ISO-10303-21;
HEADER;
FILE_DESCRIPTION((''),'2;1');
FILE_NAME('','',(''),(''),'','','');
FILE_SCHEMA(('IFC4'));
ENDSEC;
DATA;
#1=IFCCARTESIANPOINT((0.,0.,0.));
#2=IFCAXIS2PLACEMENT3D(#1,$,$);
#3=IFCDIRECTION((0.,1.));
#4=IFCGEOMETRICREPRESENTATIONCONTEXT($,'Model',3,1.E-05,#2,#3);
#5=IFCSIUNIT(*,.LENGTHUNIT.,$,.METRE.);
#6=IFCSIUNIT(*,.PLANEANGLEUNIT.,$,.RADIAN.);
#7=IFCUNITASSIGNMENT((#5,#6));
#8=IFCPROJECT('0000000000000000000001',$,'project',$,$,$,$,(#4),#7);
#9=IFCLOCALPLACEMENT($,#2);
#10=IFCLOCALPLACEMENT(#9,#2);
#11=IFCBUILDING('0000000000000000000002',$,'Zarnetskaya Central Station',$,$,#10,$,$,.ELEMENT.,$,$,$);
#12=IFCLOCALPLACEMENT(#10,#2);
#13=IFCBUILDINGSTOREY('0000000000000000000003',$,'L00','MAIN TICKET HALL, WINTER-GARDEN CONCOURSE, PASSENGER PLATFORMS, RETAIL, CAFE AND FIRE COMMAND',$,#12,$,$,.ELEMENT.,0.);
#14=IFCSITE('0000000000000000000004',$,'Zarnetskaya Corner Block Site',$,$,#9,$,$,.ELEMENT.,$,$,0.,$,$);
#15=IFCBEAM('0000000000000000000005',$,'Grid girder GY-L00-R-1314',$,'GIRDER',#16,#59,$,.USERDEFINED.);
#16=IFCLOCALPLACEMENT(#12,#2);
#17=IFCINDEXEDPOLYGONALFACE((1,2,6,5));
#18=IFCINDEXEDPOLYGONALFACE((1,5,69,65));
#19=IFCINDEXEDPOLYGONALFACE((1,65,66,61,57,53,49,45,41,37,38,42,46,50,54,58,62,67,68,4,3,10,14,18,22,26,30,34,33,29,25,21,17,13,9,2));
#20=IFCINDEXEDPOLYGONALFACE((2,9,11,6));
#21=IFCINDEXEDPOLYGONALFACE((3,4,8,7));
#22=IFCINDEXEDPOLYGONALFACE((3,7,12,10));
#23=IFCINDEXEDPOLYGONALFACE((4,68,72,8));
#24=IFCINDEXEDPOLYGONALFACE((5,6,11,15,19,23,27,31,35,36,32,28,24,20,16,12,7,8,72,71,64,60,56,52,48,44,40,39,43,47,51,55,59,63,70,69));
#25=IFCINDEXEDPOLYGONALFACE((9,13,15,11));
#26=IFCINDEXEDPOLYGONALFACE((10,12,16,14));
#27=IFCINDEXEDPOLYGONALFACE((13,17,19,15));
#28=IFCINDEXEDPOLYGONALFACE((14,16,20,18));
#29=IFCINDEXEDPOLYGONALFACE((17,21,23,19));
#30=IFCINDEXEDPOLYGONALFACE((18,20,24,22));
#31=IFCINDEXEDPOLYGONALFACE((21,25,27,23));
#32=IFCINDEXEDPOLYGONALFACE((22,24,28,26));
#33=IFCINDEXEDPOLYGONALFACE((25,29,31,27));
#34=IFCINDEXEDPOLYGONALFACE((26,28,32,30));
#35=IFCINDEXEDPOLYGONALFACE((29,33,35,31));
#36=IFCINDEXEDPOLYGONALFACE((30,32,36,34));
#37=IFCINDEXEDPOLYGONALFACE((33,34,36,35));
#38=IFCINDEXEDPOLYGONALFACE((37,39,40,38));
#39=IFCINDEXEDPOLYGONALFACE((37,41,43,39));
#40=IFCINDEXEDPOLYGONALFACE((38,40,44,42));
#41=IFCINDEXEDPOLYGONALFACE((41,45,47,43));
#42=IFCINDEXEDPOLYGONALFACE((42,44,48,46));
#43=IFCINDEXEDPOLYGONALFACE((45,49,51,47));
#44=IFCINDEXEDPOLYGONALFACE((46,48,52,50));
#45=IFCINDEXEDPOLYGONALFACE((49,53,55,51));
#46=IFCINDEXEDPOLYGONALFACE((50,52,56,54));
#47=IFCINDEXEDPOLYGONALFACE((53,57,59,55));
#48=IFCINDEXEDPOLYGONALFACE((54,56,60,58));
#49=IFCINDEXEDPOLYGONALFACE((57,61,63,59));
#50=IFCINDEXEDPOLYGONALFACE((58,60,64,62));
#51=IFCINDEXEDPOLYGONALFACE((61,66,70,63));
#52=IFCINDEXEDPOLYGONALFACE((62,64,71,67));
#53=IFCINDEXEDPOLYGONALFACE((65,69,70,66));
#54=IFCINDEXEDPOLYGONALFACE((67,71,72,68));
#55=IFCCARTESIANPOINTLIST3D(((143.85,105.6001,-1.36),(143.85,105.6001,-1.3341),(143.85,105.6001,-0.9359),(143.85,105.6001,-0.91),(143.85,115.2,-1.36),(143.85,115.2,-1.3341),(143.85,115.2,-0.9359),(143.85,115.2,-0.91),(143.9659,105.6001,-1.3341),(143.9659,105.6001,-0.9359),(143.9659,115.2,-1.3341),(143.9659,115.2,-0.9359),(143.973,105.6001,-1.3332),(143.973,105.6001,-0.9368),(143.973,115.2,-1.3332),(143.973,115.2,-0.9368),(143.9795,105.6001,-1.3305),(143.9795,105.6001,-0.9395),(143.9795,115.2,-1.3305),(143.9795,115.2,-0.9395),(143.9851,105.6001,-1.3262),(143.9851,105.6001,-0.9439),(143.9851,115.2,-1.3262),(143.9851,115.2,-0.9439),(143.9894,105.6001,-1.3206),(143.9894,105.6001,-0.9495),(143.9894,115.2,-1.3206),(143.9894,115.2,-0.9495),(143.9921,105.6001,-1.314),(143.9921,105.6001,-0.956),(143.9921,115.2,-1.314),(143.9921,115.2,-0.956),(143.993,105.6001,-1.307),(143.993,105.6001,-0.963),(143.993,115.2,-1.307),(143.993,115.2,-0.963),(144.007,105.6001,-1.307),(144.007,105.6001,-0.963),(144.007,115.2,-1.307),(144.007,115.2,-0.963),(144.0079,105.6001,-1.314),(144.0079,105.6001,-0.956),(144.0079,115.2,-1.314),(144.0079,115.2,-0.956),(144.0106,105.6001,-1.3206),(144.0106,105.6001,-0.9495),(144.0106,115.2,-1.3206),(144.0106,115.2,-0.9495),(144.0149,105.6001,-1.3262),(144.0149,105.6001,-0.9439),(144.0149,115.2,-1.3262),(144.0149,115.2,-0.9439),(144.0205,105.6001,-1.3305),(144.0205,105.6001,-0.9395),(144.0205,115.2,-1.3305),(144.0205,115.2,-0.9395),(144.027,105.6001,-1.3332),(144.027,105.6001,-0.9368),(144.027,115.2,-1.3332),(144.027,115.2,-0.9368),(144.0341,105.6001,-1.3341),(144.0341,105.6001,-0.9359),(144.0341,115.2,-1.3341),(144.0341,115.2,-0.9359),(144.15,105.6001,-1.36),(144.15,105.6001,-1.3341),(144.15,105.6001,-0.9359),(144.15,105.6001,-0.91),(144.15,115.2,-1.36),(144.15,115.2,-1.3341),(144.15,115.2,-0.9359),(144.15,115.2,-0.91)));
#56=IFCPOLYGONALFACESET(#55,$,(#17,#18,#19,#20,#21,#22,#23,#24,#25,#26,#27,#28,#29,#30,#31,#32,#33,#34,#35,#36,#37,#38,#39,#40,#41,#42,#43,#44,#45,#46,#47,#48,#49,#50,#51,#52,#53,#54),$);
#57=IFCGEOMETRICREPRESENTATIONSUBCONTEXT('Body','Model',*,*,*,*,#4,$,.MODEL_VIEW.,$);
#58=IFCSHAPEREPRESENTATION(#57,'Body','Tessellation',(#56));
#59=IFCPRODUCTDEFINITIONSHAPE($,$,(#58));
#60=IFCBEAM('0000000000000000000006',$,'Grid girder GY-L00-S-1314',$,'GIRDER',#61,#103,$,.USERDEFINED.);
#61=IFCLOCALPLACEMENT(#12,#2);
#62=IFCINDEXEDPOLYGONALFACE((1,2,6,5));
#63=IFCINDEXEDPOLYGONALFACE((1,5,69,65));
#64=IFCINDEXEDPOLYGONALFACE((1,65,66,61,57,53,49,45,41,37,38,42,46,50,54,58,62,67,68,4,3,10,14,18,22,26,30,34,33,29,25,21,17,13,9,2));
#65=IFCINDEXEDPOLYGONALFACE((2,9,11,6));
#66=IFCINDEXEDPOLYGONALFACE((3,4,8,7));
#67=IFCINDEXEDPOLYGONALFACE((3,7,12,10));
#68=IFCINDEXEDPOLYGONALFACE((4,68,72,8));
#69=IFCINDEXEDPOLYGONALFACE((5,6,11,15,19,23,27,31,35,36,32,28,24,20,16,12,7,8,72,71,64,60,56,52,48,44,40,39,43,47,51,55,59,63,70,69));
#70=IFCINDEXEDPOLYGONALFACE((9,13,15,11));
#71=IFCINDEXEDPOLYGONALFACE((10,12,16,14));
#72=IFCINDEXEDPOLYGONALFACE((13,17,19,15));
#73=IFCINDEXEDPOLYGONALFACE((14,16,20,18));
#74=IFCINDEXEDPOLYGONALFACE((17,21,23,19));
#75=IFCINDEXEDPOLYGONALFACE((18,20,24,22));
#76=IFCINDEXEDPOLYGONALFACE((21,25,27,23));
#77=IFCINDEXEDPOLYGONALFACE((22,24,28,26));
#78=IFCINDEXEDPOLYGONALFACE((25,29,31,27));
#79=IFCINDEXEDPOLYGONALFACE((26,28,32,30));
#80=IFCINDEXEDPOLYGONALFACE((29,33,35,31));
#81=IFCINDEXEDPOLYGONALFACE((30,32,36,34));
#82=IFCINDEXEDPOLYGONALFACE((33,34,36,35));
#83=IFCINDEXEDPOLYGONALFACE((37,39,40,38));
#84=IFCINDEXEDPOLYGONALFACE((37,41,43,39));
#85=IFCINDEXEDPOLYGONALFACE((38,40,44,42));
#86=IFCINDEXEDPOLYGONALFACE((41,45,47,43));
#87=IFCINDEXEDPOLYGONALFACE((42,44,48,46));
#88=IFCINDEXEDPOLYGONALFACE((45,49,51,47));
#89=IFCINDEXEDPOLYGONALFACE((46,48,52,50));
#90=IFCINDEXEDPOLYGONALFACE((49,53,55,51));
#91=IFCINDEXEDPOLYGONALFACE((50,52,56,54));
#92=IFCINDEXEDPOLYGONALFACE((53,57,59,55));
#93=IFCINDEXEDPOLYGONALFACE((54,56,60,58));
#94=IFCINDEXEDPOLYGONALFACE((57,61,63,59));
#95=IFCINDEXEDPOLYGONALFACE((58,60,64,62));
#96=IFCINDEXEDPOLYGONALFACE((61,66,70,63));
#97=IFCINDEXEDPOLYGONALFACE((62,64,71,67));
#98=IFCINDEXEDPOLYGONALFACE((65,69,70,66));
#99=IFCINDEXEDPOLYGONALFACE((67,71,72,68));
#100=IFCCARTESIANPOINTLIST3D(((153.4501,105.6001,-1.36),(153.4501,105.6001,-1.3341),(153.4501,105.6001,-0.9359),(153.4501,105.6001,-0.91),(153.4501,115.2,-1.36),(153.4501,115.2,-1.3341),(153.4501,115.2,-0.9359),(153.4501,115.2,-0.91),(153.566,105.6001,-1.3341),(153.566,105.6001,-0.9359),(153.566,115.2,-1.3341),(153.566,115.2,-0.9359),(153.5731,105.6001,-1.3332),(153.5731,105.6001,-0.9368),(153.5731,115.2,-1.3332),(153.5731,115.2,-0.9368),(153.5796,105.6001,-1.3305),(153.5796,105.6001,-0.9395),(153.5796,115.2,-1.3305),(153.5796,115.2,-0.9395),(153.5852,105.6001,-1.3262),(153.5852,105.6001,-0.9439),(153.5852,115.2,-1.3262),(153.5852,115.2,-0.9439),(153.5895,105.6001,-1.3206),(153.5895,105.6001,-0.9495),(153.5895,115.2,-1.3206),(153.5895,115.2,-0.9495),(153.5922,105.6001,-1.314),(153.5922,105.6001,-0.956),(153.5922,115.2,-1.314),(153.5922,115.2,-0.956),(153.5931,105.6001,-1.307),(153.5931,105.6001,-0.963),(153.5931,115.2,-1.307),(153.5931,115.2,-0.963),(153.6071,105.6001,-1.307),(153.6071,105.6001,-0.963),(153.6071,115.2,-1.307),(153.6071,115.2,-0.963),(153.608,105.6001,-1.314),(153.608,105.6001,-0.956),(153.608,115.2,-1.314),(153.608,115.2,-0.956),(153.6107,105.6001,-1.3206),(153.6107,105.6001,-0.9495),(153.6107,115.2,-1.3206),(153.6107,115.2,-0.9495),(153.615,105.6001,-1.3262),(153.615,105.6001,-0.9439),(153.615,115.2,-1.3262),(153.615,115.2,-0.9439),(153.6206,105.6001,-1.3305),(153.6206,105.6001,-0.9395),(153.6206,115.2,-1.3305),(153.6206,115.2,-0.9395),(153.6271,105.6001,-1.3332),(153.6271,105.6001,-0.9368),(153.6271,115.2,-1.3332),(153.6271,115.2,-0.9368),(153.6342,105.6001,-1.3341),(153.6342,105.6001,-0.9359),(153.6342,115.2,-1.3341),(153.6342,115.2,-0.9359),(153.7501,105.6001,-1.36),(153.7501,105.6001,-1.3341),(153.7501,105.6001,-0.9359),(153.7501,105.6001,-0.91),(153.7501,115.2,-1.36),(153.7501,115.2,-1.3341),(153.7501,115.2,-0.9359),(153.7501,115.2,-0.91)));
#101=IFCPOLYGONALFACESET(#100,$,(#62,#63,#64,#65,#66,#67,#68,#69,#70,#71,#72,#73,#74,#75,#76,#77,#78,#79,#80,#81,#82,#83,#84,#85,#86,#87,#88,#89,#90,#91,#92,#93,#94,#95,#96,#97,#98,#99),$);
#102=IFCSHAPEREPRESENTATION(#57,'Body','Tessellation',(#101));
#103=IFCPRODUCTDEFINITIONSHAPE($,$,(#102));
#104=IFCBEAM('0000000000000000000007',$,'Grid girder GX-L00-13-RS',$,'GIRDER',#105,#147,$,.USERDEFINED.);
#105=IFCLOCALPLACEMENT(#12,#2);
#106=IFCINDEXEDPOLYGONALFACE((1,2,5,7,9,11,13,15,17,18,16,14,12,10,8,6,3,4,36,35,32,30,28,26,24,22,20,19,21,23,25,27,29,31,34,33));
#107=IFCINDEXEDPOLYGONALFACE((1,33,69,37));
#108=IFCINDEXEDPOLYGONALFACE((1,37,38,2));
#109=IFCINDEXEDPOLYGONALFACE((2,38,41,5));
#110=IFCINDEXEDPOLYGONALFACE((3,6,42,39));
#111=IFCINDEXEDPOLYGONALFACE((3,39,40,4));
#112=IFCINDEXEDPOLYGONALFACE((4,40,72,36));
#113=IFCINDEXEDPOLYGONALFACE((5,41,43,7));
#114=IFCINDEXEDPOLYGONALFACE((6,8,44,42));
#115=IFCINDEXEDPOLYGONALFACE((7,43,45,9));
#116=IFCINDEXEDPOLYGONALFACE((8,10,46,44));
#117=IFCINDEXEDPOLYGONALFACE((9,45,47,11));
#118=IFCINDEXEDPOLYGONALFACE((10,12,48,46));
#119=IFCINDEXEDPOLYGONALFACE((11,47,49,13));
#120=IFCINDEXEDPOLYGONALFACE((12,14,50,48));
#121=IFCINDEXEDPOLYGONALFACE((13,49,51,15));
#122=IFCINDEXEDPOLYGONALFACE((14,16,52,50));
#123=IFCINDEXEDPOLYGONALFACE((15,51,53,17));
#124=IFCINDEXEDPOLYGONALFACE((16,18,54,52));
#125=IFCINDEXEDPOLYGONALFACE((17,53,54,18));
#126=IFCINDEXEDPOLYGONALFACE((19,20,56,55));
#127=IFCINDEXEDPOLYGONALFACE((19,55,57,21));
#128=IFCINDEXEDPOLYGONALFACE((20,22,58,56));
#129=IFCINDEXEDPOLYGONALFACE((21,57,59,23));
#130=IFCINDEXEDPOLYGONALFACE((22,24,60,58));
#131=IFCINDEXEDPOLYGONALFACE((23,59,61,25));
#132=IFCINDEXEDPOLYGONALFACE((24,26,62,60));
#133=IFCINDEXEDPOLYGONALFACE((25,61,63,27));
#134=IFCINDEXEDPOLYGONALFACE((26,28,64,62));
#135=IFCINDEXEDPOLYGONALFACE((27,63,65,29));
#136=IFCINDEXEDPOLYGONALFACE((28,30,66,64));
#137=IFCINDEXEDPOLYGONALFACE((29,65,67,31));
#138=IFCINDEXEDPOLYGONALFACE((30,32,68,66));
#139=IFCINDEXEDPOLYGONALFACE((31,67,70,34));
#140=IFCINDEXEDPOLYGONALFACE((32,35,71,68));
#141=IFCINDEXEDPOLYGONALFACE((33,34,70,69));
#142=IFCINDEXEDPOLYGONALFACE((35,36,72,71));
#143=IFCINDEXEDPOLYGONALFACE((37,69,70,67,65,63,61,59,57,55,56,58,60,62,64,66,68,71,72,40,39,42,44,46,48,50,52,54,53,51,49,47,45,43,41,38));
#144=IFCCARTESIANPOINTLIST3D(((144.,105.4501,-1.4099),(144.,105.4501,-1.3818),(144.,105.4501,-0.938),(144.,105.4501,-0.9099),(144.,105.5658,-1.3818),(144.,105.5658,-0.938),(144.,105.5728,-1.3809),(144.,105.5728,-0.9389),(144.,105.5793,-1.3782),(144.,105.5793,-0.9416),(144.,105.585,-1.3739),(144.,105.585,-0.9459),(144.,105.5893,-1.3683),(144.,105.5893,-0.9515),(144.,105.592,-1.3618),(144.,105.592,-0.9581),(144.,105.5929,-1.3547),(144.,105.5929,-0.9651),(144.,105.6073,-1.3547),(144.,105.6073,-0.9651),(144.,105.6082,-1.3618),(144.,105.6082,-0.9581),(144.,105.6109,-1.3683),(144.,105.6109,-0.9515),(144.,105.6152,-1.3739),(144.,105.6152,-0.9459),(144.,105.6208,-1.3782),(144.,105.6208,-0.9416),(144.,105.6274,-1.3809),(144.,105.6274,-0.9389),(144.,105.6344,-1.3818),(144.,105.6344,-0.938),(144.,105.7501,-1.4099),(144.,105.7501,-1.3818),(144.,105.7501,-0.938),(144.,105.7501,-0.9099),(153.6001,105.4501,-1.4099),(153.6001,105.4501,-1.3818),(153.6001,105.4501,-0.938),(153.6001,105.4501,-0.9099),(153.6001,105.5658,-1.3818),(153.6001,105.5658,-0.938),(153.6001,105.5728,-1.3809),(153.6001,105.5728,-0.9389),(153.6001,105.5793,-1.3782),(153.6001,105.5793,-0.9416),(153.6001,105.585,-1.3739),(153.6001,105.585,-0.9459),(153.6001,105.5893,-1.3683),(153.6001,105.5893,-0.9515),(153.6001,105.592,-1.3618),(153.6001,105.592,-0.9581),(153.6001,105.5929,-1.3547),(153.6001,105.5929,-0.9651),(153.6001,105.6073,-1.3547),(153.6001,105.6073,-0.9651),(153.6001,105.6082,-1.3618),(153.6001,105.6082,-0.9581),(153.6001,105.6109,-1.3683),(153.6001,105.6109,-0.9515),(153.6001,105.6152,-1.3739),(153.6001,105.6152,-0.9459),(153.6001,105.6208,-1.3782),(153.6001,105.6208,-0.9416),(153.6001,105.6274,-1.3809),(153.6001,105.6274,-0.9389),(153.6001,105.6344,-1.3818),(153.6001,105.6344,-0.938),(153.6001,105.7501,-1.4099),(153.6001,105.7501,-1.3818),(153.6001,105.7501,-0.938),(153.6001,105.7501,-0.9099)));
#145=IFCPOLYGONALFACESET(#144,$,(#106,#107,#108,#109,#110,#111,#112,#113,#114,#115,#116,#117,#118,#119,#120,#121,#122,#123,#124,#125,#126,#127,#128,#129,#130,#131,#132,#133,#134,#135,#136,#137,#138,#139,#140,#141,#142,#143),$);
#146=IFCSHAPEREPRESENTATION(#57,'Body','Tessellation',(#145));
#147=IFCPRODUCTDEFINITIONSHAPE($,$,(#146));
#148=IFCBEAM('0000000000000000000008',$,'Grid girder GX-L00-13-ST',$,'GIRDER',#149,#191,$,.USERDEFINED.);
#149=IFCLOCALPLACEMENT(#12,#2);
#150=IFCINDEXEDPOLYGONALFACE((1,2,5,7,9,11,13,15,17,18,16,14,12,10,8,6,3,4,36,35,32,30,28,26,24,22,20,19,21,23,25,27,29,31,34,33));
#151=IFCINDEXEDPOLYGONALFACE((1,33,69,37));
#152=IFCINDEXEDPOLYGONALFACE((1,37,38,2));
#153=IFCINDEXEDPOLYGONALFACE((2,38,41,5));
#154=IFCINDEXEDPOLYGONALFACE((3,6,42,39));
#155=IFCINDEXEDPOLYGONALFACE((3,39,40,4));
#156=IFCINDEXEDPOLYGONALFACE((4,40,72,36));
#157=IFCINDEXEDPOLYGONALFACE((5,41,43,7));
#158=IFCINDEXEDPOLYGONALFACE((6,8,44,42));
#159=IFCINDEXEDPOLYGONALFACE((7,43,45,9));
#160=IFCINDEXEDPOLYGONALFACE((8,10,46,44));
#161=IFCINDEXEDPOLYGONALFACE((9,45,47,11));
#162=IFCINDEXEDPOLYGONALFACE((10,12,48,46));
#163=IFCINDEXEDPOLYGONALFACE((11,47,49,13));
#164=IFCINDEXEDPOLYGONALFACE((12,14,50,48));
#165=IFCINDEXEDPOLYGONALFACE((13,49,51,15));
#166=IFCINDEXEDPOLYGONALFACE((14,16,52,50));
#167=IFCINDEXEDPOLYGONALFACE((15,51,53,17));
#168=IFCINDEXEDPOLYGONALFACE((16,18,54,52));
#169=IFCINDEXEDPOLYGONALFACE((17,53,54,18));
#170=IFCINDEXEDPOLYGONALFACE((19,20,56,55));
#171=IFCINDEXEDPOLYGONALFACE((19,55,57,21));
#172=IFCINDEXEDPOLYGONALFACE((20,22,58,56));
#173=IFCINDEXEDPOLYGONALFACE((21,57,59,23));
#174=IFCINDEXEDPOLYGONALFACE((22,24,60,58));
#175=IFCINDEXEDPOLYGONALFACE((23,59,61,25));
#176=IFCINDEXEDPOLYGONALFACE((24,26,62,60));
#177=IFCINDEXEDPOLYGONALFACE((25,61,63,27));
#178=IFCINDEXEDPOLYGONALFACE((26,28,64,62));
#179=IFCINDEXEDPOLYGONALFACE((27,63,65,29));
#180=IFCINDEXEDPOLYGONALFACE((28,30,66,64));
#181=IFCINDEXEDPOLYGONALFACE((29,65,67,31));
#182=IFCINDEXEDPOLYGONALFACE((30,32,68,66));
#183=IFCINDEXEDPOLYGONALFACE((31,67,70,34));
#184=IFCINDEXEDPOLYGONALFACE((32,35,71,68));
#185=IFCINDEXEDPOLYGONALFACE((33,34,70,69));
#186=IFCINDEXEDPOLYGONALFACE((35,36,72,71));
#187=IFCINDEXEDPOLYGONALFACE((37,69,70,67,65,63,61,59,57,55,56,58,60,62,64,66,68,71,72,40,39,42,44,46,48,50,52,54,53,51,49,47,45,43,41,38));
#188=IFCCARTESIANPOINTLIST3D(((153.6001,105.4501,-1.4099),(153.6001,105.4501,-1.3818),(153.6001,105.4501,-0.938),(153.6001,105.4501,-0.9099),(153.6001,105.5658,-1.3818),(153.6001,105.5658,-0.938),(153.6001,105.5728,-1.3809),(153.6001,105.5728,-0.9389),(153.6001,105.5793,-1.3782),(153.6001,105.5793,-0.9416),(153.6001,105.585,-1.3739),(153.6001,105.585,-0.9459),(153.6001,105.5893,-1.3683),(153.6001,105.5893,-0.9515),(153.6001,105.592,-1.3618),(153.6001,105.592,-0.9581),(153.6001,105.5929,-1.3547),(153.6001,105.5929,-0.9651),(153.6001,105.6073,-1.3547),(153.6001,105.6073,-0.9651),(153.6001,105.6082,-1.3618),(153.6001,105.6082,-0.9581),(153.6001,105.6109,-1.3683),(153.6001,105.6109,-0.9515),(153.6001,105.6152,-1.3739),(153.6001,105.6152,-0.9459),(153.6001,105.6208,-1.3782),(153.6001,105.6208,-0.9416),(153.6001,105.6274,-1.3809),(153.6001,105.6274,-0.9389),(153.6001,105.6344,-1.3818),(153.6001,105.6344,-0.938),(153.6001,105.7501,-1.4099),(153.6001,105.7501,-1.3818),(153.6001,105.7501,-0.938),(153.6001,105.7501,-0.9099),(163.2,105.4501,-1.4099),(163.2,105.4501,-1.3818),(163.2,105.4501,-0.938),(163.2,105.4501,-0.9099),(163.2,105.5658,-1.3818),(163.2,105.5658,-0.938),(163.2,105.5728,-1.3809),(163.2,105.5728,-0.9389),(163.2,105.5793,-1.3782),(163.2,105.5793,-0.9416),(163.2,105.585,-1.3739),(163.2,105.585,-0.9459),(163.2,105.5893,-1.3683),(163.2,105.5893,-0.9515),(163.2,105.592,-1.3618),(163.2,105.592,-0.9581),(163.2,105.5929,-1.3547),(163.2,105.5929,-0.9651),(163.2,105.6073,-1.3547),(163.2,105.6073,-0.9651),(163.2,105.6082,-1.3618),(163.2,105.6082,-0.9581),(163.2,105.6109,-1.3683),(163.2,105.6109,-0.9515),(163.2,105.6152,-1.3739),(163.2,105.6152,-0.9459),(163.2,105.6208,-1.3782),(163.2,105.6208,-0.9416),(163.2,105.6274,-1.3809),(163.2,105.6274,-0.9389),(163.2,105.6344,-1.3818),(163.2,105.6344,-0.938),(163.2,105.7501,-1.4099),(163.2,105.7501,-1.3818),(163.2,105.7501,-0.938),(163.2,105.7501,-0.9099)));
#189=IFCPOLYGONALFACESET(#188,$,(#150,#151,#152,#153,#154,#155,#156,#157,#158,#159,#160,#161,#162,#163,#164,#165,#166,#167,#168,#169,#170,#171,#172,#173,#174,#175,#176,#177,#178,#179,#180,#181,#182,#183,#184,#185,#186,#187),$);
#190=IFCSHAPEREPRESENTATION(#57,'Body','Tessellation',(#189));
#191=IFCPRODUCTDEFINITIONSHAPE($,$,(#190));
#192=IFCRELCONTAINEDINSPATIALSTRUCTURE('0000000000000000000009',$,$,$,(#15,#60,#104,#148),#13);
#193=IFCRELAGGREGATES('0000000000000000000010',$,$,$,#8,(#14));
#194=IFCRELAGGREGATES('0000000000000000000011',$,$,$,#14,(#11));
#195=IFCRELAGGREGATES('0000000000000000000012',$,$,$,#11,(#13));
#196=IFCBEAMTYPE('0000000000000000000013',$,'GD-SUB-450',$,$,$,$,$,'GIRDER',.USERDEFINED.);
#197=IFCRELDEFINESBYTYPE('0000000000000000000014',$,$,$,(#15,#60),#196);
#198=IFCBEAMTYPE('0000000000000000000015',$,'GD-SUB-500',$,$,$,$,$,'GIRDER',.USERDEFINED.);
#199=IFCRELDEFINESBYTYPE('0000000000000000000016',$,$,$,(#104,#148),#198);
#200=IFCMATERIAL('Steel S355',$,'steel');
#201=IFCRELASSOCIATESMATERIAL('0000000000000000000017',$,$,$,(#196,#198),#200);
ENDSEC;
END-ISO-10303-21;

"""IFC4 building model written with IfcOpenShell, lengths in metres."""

from ifc_helpers import new_model, si_unit, direction, frame, origin, origin_2d, place, context, subcontext, project, spatial, i_section, extrude, material, material_profile, profile_set, type_object, element, save


model = new_model("IFC4")

# Units and contexts
model_context = context("Model", 3, precision=1e-05, world=origin(), true_north=direction((0.0, 1.0)))
body_context = subcontext(model_context, "Body", "Model", "MODEL_VIEW")
ifc_project = project(units=[si_unit("LENGTHUNIT", "METRE"), si_unit("PLANEANGLEUNIT", "RADIAN")], contexts=[model_context])

# Site, building, storey
site_placement = place(None, origin())
site = spatial("IfcSite", under=ifc_project, at=site_placement, Name="Zarnetskaya Corner Block Site", CompositionType="ELEMENT", RefElevation=0.0)
building_placement = place(site_placement, origin())
building = spatial("IfcBuilding", under=site, at=building_placement, Name="Zarnetskaya Central Station", CompositionType="ELEMENT")
storey_placement = place(building_placement, origin())
storey = spatial("IfcBuildingStorey", under=building, at=storey_placement, Name="L00", Description="MAIN TICKET HALL, WINTER-GARDEN CONCOURSE, PASSENGER PLATFORMS, RETAIL, CAFE AND FIRE COMMAND", CompositionType="ELEMENT", Elevation=0.0)

# Shared definitions
ifc_material = material(Name="Steel S355", Category="steel")

# Beams
ifc_material_profile_1 = material_profile(ifc_material, i_section(OverallWidth=0.3, OverallDepth=0.45, WebThickness=0.0139, FlangeThickness=0.0259, FilletRadius=0.0271, at=origin_2d()), Name="HEB 450")
ifc_profile_set_1 = profile_set([ifc_material_profile_1], Name="Steel S355")
beam_type_1 = type_object("IfcBeamType", Name="GD-SUB-450", ElementType="GIRDER", PredefinedType="USERDEFINED", material=ifc_profile_set_1)
for number, where, z_axis, x_axis, name in (
    (1, (144.0, 105.6001, -1.135), (0.0, 1.0, 0.0), (-1.0, 0.0, 0.0), "Grid girder GY-L00-R-1314"),
    (2, (153.6001, 105.6001, -1.135), (0.0, 1.0, 0.0), (-1.0, 0.0, 0.0), "Grid girder GY-L00-S-1314"),
):
    element("IfcBeam", number, at=place(storey_placement, frame(where, z_axis=z_axis, x_axis=x_axis)), inside=storey, type_object=beam_type_1, Name=name, ObjectType="GIRDER", PredefinedType="USERDEFINED", context=body_context, shape_type="SweptSolid", body=[
        extrude(i_section(OverallWidth=0.3, OverallDepth=0.45, WebThickness=0.0139, FlangeThickness=0.0259, FilletRadius=0.0271, at=origin_2d()), origin(), (0.0, 0.0, 1.0), 9.5999),
    ])
ifc_material_profile_2 = material_profile(ifc_material, i_section(OverallWidth=0.3, OverallDepth=0.5, WebThickness=0.0144, FlangeThickness=0.0281, FilletRadius=0.0271, at=origin_2d()), Name="HEB 500")
ifc_profile_set_2 = profile_set([ifc_material_profile_2], Name="Steel S355")
beam_type_2 = type_object("IfcBeamType", Name="GD-SUB-500", ElementType="GIRDER", PredefinedType="USERDEFINED", material=ifc_profile_set_2)
beam_1_placement = place(storey_placement, frame((144.0, 105.6001, -1.1599), z_axis=(1.0, 0.0, 0.0), x_axis=(0.0, 1.0, 0.0)))
element("IfcBeam", 3, at=beam_1_placement, inside=storey, type_object=beam_type_2, Name="Grid girder GX-L00-13-RS", ObjectType="GIRDER", PredefinedType="USERDEFINED", context=body_context, shape_type="SweptSolid", body=[
    extrude(i_section(OverallWidth=0.3, OverallDepth=0.5, WebThickness=0.0144, FlangeThickness=0.0281, FilletRadius=0.0271, at=origin_2d()), origin(), (0.0, 0.0, 1.0), 9.6001),
])
beam_2_placement = place(storey_placement, frame((153.6001, 105.6001, -1.1599), z_axis=(1.0, 0.0, 0.0), x_axis=(0.0, 1.0, 0.0)))
element("IfcBeam", 4, at=beam_2_placement, inside=storey, type_object=beam_type_2, Name="Grid girder GX-L00-13-ST", ObjectType="GIRDER", PredefinedType="USERDEFINED", context=body_context, shape_type="SweptSolid", body=[
    extrude(i_section(OverallWidth=0.3, OverallDepth=0.5, WebThickness=0.0144, FlangeThickness=0.0281, FilletRadius=0.0271, at=origin_2d()), origin(), (0.0, 0.0, 1.0), 9.5999),
])

save(model, "model.ifc")
